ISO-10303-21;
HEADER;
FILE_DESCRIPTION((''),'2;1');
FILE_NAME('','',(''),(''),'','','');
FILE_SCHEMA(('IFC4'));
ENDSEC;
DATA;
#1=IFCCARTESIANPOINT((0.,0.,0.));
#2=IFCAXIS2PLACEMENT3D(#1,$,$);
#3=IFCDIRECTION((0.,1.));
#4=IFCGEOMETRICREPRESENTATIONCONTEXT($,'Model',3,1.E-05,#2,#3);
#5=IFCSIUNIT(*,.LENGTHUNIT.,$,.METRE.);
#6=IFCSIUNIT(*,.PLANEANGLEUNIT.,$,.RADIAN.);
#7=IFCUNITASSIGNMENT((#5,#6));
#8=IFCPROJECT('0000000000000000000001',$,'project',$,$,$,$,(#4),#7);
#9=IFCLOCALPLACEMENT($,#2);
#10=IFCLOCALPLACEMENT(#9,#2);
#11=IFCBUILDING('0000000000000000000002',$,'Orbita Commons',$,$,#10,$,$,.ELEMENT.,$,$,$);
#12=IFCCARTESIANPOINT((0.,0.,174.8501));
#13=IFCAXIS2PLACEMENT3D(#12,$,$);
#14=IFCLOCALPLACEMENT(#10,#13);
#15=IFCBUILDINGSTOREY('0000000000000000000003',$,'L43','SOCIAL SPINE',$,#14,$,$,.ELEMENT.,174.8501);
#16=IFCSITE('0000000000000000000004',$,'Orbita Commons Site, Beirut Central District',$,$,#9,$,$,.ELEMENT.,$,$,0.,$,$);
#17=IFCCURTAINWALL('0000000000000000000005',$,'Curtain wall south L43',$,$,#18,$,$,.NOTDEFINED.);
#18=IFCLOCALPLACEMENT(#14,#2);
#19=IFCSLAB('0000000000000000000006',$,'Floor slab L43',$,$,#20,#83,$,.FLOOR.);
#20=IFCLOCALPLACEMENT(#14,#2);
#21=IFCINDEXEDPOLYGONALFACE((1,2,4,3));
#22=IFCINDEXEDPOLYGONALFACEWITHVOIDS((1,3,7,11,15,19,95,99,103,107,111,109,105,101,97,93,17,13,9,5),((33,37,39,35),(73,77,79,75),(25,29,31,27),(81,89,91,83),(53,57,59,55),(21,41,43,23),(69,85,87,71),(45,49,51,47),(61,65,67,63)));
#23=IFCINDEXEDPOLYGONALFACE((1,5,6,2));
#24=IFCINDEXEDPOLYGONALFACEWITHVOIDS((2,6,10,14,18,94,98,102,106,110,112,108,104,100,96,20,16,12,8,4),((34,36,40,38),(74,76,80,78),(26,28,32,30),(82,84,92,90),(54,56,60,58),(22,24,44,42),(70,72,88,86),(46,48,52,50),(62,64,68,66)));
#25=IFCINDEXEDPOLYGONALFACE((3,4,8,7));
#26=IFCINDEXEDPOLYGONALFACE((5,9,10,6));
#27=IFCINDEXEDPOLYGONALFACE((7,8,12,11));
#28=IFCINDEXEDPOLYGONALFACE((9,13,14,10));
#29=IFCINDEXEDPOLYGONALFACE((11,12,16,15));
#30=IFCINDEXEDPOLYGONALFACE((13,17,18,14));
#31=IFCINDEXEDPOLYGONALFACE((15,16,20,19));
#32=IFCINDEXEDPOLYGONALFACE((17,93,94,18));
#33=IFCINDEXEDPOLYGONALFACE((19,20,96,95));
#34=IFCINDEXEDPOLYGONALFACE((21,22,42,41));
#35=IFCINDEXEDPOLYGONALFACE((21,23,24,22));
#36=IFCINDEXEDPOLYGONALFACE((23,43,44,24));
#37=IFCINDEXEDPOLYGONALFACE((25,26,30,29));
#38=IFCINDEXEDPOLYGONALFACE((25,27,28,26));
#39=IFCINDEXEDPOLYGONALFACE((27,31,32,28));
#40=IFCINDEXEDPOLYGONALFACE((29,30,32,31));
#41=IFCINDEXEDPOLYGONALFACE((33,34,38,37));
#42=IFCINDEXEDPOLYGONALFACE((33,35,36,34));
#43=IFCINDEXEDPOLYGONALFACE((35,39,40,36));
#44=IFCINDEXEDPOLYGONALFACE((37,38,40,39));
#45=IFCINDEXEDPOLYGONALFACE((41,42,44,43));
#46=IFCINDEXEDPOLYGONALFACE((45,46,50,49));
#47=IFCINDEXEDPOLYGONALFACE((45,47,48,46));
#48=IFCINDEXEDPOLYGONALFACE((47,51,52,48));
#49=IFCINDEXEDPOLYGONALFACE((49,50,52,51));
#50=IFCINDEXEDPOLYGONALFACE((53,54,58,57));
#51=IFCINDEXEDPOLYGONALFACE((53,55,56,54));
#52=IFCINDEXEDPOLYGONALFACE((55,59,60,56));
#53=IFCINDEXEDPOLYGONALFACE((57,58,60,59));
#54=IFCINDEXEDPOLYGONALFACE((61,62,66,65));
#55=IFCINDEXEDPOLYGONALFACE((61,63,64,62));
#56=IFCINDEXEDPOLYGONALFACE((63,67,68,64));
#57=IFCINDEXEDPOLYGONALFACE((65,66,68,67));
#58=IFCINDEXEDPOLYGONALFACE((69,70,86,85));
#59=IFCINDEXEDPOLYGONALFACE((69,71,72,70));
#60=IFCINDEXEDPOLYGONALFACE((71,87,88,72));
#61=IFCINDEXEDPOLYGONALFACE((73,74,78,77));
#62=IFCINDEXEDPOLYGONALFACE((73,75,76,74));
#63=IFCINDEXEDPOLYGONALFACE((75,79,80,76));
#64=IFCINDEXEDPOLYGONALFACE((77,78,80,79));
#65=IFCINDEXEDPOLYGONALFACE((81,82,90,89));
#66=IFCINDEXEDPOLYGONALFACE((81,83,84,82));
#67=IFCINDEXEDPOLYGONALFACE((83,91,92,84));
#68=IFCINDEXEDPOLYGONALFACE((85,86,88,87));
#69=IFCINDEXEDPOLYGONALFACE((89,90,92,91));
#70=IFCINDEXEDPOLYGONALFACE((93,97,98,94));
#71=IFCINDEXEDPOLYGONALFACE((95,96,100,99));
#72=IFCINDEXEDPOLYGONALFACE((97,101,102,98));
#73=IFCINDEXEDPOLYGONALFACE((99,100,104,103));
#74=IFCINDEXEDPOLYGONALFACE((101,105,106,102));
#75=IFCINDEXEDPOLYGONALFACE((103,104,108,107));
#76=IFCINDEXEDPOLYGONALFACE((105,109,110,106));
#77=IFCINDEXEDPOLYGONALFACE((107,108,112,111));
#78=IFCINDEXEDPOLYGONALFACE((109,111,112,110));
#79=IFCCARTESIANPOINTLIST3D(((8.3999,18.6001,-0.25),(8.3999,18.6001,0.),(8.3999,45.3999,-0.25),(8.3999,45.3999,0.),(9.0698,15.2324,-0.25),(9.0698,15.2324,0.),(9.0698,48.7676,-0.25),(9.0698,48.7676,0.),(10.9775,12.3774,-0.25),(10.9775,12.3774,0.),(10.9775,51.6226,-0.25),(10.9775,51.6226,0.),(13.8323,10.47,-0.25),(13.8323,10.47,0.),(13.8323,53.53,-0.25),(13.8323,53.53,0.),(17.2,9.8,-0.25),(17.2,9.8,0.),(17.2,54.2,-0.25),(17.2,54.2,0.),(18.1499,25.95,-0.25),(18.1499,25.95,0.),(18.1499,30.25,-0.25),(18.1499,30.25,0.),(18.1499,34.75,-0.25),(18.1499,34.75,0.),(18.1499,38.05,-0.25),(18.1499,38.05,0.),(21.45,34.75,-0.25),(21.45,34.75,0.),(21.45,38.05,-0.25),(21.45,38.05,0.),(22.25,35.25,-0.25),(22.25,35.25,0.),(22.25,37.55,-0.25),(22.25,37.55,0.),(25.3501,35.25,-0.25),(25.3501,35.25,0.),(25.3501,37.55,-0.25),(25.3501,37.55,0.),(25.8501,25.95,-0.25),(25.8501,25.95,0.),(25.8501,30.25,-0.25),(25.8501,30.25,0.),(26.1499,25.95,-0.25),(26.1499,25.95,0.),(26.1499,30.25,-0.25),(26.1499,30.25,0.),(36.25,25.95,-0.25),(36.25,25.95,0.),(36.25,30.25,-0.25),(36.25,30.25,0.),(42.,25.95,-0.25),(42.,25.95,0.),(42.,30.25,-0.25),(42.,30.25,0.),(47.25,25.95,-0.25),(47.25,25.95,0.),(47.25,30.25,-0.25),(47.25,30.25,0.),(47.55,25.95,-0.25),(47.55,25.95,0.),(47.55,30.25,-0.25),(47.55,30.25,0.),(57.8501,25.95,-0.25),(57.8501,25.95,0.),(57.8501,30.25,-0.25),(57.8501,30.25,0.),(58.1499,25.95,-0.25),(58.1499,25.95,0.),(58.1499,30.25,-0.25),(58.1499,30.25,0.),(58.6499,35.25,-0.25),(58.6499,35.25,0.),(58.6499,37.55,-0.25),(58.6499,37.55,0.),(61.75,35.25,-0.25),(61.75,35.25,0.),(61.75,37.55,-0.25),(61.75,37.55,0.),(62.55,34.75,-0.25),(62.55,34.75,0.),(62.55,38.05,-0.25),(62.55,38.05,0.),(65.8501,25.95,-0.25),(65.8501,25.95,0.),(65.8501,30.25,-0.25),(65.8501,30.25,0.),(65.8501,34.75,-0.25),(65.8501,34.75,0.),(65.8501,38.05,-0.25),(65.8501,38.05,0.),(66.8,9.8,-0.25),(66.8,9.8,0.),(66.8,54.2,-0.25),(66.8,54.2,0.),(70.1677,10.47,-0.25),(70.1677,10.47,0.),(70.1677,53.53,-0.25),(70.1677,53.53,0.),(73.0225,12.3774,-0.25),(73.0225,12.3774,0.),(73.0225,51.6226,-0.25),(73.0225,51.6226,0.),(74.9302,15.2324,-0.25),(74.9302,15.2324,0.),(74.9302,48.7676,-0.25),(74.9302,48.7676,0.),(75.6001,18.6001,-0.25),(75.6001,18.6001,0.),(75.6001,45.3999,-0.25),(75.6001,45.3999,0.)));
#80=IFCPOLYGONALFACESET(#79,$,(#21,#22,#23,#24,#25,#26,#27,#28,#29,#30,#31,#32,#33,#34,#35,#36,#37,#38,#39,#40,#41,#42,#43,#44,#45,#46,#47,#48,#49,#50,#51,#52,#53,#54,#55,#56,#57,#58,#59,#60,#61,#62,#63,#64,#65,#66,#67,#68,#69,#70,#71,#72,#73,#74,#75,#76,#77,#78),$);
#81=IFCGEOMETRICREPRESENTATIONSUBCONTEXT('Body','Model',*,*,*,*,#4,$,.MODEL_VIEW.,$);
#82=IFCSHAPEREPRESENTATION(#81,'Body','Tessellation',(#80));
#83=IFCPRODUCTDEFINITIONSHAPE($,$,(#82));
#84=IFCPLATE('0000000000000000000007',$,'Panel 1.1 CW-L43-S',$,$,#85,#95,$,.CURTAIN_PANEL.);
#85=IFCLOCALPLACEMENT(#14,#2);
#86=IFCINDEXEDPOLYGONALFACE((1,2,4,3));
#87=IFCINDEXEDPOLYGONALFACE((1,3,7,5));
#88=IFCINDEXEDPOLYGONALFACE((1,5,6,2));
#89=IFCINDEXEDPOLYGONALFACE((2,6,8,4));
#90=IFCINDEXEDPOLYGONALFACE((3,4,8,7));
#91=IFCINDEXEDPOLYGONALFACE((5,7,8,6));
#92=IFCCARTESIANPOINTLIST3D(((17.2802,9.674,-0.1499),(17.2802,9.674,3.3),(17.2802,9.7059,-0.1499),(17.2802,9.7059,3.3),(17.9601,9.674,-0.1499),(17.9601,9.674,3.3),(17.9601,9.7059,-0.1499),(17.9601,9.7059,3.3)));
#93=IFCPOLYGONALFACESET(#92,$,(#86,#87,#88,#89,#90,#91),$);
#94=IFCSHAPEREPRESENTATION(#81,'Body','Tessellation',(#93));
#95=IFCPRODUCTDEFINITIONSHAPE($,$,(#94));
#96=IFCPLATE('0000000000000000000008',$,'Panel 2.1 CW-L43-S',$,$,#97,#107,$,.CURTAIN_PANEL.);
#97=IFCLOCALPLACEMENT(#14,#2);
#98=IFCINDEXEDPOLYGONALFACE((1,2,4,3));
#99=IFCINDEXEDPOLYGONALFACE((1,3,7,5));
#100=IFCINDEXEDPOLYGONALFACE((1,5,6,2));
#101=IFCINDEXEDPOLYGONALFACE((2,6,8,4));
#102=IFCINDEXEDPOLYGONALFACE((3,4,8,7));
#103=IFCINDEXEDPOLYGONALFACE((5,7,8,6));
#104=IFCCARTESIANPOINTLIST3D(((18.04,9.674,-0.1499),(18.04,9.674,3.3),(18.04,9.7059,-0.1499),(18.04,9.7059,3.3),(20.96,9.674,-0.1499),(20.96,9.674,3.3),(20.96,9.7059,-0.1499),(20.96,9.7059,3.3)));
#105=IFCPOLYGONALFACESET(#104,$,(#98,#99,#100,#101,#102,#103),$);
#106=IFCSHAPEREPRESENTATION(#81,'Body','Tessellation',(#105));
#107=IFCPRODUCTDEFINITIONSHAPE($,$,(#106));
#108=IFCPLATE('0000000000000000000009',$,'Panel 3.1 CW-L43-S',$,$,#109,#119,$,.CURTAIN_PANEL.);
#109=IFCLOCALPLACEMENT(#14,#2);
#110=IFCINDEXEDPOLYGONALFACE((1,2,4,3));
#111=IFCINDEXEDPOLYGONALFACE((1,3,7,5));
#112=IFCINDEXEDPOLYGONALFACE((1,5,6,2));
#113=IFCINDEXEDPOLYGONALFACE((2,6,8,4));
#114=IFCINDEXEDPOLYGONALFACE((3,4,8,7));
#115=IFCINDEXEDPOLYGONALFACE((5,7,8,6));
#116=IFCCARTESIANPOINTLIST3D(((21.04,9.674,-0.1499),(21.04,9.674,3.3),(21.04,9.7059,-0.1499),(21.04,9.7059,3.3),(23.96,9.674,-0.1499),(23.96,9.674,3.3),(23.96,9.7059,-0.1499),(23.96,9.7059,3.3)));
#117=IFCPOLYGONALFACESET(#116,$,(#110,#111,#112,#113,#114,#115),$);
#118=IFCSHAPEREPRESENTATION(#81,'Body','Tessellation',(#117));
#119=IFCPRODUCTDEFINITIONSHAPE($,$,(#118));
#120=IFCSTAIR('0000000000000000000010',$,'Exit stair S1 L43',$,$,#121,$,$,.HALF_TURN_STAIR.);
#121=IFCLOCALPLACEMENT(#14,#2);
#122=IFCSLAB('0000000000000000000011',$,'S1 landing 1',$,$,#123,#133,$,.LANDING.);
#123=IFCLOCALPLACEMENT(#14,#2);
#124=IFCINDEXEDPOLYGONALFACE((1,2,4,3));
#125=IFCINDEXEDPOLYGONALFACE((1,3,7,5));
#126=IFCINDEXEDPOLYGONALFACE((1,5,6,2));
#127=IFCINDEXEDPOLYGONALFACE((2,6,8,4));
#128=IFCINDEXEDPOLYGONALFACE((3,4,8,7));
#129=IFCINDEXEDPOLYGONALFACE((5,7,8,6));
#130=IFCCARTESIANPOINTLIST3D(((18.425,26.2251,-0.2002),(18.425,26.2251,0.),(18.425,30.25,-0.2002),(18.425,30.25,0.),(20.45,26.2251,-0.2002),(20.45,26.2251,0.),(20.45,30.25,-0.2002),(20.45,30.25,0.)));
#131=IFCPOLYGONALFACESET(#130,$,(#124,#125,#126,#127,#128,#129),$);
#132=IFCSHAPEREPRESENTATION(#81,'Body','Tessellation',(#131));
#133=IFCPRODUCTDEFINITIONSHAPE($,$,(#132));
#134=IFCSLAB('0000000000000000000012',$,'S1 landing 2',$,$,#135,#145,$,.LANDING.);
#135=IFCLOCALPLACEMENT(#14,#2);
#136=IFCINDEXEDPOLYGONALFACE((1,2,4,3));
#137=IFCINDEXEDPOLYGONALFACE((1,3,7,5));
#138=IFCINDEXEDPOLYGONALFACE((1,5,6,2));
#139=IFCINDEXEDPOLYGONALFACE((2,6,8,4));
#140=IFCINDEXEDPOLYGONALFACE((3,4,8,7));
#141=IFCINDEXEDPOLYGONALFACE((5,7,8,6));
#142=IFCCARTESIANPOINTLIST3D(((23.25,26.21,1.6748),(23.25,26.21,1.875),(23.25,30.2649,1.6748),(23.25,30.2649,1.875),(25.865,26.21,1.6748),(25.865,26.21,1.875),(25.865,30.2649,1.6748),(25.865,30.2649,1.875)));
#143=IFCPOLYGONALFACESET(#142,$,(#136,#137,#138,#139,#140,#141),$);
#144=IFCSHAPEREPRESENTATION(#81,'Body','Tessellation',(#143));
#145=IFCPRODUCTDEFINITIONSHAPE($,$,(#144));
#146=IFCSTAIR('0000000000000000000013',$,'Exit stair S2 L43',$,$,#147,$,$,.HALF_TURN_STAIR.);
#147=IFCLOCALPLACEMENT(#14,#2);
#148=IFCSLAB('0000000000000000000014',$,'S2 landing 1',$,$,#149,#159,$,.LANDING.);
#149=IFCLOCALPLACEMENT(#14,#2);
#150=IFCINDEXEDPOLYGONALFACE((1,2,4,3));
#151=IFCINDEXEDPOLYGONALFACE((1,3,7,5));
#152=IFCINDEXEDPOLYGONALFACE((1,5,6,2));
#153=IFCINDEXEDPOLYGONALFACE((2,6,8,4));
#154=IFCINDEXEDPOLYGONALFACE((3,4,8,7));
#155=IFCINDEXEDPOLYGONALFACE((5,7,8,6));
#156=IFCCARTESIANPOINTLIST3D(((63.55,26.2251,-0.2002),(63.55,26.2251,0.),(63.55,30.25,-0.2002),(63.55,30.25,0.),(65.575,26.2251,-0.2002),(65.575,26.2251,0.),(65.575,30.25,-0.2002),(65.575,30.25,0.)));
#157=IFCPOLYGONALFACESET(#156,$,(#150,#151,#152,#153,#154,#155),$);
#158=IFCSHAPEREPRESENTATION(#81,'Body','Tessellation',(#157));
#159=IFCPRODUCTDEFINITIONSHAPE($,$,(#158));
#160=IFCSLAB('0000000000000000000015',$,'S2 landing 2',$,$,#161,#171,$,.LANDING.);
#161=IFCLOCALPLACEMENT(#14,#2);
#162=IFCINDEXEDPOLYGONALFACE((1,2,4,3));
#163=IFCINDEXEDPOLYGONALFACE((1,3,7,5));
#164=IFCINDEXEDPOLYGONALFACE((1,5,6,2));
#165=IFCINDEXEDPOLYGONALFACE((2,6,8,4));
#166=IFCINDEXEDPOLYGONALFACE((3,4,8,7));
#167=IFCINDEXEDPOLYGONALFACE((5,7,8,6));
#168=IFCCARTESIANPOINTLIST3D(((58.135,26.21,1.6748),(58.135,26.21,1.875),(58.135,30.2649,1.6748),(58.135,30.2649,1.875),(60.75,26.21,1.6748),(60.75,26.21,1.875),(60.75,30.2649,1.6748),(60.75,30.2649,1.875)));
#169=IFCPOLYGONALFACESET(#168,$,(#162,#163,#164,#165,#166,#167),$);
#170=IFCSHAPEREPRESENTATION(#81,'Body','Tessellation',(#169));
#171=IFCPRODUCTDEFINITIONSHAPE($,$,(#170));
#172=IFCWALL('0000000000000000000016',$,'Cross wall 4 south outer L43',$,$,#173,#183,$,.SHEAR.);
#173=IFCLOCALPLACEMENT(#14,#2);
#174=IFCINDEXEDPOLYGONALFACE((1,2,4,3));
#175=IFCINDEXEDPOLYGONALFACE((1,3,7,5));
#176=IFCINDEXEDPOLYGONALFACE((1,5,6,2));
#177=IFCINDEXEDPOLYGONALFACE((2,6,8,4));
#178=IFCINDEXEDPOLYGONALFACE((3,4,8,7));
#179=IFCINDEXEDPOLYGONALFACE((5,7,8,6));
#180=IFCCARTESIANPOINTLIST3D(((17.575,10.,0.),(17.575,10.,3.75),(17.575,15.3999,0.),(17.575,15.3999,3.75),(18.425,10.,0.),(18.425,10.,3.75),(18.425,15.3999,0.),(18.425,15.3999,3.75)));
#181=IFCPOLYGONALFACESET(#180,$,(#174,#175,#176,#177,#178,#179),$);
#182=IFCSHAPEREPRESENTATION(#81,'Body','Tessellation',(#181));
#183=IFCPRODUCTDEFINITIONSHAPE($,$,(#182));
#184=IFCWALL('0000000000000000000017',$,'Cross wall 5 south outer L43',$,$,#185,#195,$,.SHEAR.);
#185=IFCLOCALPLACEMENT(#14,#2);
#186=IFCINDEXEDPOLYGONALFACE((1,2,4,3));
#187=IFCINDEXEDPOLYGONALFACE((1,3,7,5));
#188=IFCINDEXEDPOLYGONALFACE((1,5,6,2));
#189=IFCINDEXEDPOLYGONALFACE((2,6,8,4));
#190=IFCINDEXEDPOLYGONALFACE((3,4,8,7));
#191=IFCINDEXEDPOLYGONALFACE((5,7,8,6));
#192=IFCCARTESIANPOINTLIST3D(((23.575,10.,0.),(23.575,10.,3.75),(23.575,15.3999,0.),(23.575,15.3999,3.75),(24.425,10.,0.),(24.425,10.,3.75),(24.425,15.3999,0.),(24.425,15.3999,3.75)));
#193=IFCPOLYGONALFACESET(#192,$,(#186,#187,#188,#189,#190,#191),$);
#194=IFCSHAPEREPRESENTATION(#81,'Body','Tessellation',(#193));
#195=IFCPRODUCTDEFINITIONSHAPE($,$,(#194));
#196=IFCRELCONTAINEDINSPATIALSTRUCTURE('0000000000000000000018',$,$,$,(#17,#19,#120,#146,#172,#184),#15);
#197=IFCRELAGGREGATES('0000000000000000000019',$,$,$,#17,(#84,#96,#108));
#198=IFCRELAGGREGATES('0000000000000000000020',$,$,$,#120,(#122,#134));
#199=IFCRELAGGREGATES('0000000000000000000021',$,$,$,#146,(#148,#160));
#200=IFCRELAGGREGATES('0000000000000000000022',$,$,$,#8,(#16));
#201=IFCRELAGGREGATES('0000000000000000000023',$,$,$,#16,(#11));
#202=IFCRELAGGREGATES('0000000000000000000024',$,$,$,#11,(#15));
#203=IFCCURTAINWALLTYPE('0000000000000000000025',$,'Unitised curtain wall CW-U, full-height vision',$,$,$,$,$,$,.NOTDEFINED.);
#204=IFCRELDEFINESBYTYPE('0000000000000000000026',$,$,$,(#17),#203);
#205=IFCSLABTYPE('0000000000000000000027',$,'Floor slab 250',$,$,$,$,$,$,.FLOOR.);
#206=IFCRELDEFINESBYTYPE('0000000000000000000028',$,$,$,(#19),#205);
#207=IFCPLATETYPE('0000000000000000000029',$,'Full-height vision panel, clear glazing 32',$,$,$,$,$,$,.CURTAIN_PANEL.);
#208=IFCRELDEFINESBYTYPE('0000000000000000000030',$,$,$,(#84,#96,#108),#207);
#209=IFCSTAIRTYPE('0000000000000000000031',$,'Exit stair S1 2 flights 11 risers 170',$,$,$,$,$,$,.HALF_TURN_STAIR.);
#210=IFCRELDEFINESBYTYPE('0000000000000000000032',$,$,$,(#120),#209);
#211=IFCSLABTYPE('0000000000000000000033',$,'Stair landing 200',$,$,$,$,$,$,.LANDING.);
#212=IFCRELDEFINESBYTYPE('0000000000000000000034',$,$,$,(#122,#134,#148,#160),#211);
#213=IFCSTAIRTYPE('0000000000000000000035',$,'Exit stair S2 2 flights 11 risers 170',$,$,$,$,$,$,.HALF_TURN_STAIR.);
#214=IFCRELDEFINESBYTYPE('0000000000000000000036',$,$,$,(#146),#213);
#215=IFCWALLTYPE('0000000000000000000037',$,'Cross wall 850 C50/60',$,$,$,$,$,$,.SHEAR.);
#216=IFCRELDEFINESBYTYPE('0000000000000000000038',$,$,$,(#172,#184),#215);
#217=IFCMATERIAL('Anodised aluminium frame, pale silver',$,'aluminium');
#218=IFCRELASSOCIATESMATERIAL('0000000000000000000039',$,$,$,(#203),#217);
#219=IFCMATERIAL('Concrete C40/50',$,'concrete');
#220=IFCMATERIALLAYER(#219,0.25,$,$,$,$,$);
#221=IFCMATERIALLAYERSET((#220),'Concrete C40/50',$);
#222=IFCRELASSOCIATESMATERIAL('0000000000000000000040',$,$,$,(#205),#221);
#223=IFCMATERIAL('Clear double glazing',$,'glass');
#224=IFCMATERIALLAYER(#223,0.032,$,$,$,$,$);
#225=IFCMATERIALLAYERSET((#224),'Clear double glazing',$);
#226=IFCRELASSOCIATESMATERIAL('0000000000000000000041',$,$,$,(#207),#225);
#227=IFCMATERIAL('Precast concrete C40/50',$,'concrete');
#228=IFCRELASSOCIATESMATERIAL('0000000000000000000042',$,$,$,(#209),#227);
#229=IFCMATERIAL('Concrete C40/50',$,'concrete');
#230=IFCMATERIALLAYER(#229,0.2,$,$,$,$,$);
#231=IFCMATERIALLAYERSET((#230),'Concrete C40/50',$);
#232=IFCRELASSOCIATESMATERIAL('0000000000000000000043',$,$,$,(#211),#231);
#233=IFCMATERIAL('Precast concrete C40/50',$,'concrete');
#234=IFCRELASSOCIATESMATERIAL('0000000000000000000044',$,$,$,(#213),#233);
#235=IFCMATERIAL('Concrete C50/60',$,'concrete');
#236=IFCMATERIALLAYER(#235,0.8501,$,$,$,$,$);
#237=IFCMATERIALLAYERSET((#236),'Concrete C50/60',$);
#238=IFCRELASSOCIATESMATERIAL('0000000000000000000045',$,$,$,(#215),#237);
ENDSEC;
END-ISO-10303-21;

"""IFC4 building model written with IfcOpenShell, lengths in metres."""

from ifc_helpers import new_model, si_unit, direction, frame, frame_2d, origin, origin_2d, place, context, subcontext, project, spatial, polyline, rectangle, outline, extrude, material, layer, layer_set, type_object, element, aggregate, save


model = new_model("IFC4")

# Units and contexts
model_context = context("Model", 3, precision=1e-05, world=origin(), true_north=direction((0.0, 1.0)))
body_context = subcontext(model_context, "Body", "Model", "MODEL_VIEW")
ifc_project = project(units=[si_unit("LENGTHUNIT", "METRE"), si_unit("PLANEANGLEUNIT", "RADIAN")], contexts=[model_context])

# Site, building, storey
site_placement = place(None, origin())
site = spatial("IfcSite", under=ifc_project, at=site_placement, Name="Orbita Commons Site, Beirut Central District", CompositionType="ELEMENT", RefElevation=0.0)
building_placement = place(site_placement, origin())
building = spatial("IfcBuilding", under=site, at=building_placement, Name="Orbita Commons", CompositionType="ELEMENT")
storey_placement = place(building_placement, frame((0.0, 0.0, 174.8501)))
storey = spatial("IfcBuildingStorey", under=building, at=storey_placement, Name="L43", Description="SOCIAL SPINE", CompositionType="ELEMENT", Elevation=174.8501)

# Curtain wall
ifc_material_1 = material(Name="Anodised aluminium frame, pale silver", Category="aluminium")
curtain_wall_type = type_object("IfcCurtainWallType", Name="Unitised curtain wall CW-U, full-height vision", PredefinedType="NOTDEFINED", material=ifc_material_1)
curtain_wall_placement = place(storey_placement, origin())
curtain_wall = element("IfcCurtainWall", 1, at=curtain_wall_placement, inside=storey, type_object=curtain_wall_type, Name="Curtain wall south L43", PredefinedType="NOTDEFINED")

# Slab
ifc_material_2 = material(Name="Concrete C40/50", Category="concrete")
ifc_layer_1 = layer(ifc_material_2, 0.25)
ifc_layer_set_1 = layer_set([ifc_layer_1], Name="Concrete C40/50")
slab_type_1 = type_object("IfcSlabType", Name="Floor slab 250", PredefinedType="FLOOR", material=ifc_layer_set_1)
slab_1_placement = place(storey_placement, frame((0.0, 0.0, -0.25)))
element("IfcSlab", 2, at=slab_1_placement, inside=storey, type_object=slab_type_1, Name="Floor slab L43", PredefinedType="FLOOR", context=body_context, shape_type="SweptSolid", body=[
    extrude(outline(polyline([(66.8, 9.8), (70.1677, 10.47), (73.0225, 12.3774), (74.9302, 15.2324), (75.6001, 18.6001), (75.6001, 45.3999), (74.9302, 48.7676), (73.0225, 51.6226), (70.1677, 53.53), (66.8, 54.2), (17.2, 54.2), (13.8323, 53.53), (10.9775, 51.6226), (9.0698, 48.7676), (8.3999, 45.3999), (8.3999, 18.6001), (9.0698, 15.2324), (10.9775, 12.3774), (13.8323, 10.47), (17.2, 9.8), (66.8, 9.8)]), holes=[polyline([(18.1499, 25.95), (25.8501, 25.95), (25.8501, 30.25), (18.1499, 30.25), (18.1499, 25.95)]), polyline([(58.1499, 25.95), (65.8501, 25.95), (65.8501, 30.25), (58.1499, 30.25), (58.1499, 25.95)]), polyline([(18.1499, 34.75), (21.45, 34.75), (21.45, 38.05), (18.1499, 38.05), (18.1499, 34.75)]), polyline([(62.55, 34.75), (65.8501, 34.75), (65.8501, 38.05), (62.55, 38.05), (62.55, 34.75)]), polyline([(22.25, 35.25), (25.3501, 35.25), (25.3501, 37.55), (22.25, 37.55), (22.25, 35.25)]), polyline([(58.6499, 35.25), (61.75, 35.25), (61.75, 37.55), (58.6499, 37.55), (58.6499, 35.25)]), polyline([(26.1499, 25.95), (36.25, 25.95), (36.25, 30.25), (26.1499, 30.25), (26.1499, 25.95)]), polyline([(42.0, 25.95), (47.25, 25.95), (47.25, 30.25), (42.0, 30.25), (42.0, 25.95)]), polyline([(47.55, 25.95), (57.8501, 25.95), (57.8501, 30.25), (47.55, 30.25), (47.55, 25.95)])]), origin(), (0.0, 0.0, 1.0), 0.25),
])

# Plates
ifc_material_3 = material(Name="Clear double glazing", Category="glass")
ifc_layer_2 = layer(ifc_material_3, 0.032)
ifc_layer_set_2 = layer_set([ifc_layer_2], Name="Clear double glazing")
plate_type = type_object("IfcPlateType", Name="Full-height vision panel, clear glazing 32", PredefinedType="CURTAIN_PANEL", material=ifc_layer_set_2)
plate_1_placement = place(storey_placement, frame((17.6201, 9.6899, -0.1499), z_axis=(0.0, 0.0, 1.0), x_axis=(1.0, 0.0, 0.0)))
plate_1 = element("IfcPlate", 3, at=plate_1_placement, type_object=plate_type, Name="Panel 1.1 CW-L43-S", PredefinedType="CURTAIN_PANEL", context=body_context, shape_type="SweptSolid", body=[
    extrude(rectangle(XDim=0.6799, YDim=0.032, at=origin_2d()), origin(), (0.0, 0.0, 1.0), 3.45),
])
plate_2_placement = place(storey_placement, frame((19.5, 9.6899, -0.1499), z_axis=(0.0, 0.0, 1.0), x_axis=(1.0, 0.0, 0.0)))
plate_2 = element("IfcPlate", 4, at=plate_2_placement, type_object=plate_type, Name="Panel 2.1 CW-L43-S", PredefinedType="CURTAIN_PANEL", context=body_context, shape_type="SweptSolid", body=[
    extrude(rectangle(XDim=2.9199, YDim=0.032, at=origin_2d()), origin(), (0.0, 0.0, 1.0), 3.45),
])
plate_3_placement = place(storey_placement, frame((22.5, 9.6899, -0.1499), z_axis=(0.0, 0.0, 1.0), x_axis=(1.0, 0.0, 0.0)))
plate_3 = element("IfcPlate", 5, at=plate_3_placement, type_object=plate_type, Name="Panel 3.1 CW-L43-S", PredefinedType="CURTAIN_PANEL", context=body_context, shape_type="SweptSolid", body=[
    extrude(rectangle(XDim=2.9199, YDim=0.032, at=origin_2d()), origin(), (0.0, 0.0, 1.0), 3.45),
])
aggregate(curtain_wall, [plate_1, plate_2, plate_3])

# Stairs, slabs
ifc_material_4 = material(Name="Precast concrete C40/50", Category="concrete")
stair_type_1 = type_object("IfcStairType", Name="Exit stair S1 2 flights 11 risers 170", PredefinedType="HALF_TURN_STAIR", material=ifc_material_4)
stair_1_placement = place(storey_placement, origin())
stair_1 = element("IfcStair", 6, at=stair_1_placement, inside=storey, type_object=stair_type_1, Name="Exit stair S1 L43", PredefinedType="HALF_TURN_STAIR")
ifc_material_5 = material(Name="Concrete C40/50", Category="concrete")
ifc_layer_3 = layer(ifc_material_5, 0.2)
ifc_layer_set_3 = layer_set([ifc_layer_3], Name="Concrete C40/50")
slab_type_2 = type_object("IfcSlabType", Name="Stair landing 200", PredefinedType="LANDING", material=ifc_layer_set_3)
slab_2_placement = place(storey_placement, frame((0.0, 0.0, -0.2002)))
slab_2 = element("IfcSlab", 7, at=slab_2_placement, type_object=slab_type_2, Name="S1 landing 1", PredefinedType="LANDING", context=body_context, shape_type="SweptSolid", body=[
    extrude(outline(polyline([(18.425, 26.2251), (20.45, 26.2251), (20.45, 30.25), (18.425, 30.25), (18.425, 26.2251)])), origin(), (0.0, 0.0, 1.0), 0.2002),
])
slab_3_placement = place(storey_placement, frame((0.0, 0.0, 1.6748)))
slab_3 = element("IfcSlab", 8, at=slab_3_placement, type_object=slab_type_2, Name="S1 landing 2", PredefinedType="LANDING", context=body_context, shape_type="SweptSolid", body=[
    extrude(outline(polyline([(23.25, 26.21), (25.865, 26.21), (25.865, 30.2649), (23.25, 30.2649), (23.25, 26.21)])), origin(), (0.0, 0.0, 1.0), 0.2002),
])
aggregate(stair_1, [slab_2, slab_3])
ifc_material_6 = material(Name="Precast concrete C40/50", Category="concrete")
stair_type_2 = type_object("IfcStairType", Name="Exit stair S2 2 flights 11 risers 170", PredefinedType="HALF_TURN_STAIR", material=ifc_material_6)
stair_2_placement = place(storey_placement, origin())
stair_2 = element("IfcStair", 9, at=stair_2_placement, inside=storey, type_object=stair_type_2, Name="Exit stair S2 L43", PredefinedType="HALF_TURN_STAIR")
slab_4_placement = place(storey_placement, frame((0.0, 0.0, -0.2002)))
slab_4 = element("IfcSlab", 10, at=slab_4_placement, type_object=slab_type_2, Name="S2 landing 1", PredefinedType="LANDING", context=body_context, shape_type="SweptSolid", body=[
    extrude(outline(polyline([(63.55, 26.2251), (65.575, 26.2251), (65.575, 30.25), (63.55, 30.25), (63.55, 26.2251)])), origin(), (0.0, 0.0, 1.0), 0.2002),
])
slab_5_placement = place(storey_placement, frame((0.0, 0.0, 1.6748)))
slab_5 = element("IfcSlab", 11, at=slab_5_placement, type_object=slab_type_2, Name="S2 landing 2", PredefinedType="LANDING", context=body_context, shape_type="SweptSolid", body=[
    extrude(outline(polyline([(58.135, 26.21), (60.75, 26.21), (60.75, 30.2649), (58.135, 30.2649), (58.135, 26.21)])), origin(), (0.0, 0.0, 1.0), 0.2002),
])
aggregate(stair_2, [slab_4, slab_5])

# Walls
ifc_material_7 = material(Name="Concrete C50/60", Category="concrete")
ifc_layer_4 = layer(ifc_material_7, 0.8501)
ifc_layer_set_4 = layer_set([ifc_layer_4], Name="Concrete C50/60")
wall_type_1 = type_object("IfcWallType", Name="Cross wall 850 C50/60", PredefinedType="SHEAR", material=ifc_layer_set_4)
for number, where, z_axis, x_axis, name in (
    (12, (18.0, 10.0, 0.0), (0.0, 0.0, 1.0), (0.0, 1.0, 0.0), "Cross wall 4 south outer L43"),
    (13, (24.0, 10.0, 0.0), (0.0, 0.0, 1.0), (0.0, 1.0, 0.0), "Cross wall 5 south outer L43"),
):
    element("IfcWall", number, at=place(storey_placement, frame(where, z_axis=z_axis, x_axis=x_axis)), inside=storey, type_object=wall_type_1, Name=name, PredefinedType="SHEAR", context=body_context, shape_type="SweptSolid", body=[
        extrude(rectangle(XDim=5.3999, YDim=0.8501, at=frame_2d((2.7, 0.0))), origin(), (0.0, 0.0, 1.0), 3.75),
    ])

save(model, "model.ifc")
